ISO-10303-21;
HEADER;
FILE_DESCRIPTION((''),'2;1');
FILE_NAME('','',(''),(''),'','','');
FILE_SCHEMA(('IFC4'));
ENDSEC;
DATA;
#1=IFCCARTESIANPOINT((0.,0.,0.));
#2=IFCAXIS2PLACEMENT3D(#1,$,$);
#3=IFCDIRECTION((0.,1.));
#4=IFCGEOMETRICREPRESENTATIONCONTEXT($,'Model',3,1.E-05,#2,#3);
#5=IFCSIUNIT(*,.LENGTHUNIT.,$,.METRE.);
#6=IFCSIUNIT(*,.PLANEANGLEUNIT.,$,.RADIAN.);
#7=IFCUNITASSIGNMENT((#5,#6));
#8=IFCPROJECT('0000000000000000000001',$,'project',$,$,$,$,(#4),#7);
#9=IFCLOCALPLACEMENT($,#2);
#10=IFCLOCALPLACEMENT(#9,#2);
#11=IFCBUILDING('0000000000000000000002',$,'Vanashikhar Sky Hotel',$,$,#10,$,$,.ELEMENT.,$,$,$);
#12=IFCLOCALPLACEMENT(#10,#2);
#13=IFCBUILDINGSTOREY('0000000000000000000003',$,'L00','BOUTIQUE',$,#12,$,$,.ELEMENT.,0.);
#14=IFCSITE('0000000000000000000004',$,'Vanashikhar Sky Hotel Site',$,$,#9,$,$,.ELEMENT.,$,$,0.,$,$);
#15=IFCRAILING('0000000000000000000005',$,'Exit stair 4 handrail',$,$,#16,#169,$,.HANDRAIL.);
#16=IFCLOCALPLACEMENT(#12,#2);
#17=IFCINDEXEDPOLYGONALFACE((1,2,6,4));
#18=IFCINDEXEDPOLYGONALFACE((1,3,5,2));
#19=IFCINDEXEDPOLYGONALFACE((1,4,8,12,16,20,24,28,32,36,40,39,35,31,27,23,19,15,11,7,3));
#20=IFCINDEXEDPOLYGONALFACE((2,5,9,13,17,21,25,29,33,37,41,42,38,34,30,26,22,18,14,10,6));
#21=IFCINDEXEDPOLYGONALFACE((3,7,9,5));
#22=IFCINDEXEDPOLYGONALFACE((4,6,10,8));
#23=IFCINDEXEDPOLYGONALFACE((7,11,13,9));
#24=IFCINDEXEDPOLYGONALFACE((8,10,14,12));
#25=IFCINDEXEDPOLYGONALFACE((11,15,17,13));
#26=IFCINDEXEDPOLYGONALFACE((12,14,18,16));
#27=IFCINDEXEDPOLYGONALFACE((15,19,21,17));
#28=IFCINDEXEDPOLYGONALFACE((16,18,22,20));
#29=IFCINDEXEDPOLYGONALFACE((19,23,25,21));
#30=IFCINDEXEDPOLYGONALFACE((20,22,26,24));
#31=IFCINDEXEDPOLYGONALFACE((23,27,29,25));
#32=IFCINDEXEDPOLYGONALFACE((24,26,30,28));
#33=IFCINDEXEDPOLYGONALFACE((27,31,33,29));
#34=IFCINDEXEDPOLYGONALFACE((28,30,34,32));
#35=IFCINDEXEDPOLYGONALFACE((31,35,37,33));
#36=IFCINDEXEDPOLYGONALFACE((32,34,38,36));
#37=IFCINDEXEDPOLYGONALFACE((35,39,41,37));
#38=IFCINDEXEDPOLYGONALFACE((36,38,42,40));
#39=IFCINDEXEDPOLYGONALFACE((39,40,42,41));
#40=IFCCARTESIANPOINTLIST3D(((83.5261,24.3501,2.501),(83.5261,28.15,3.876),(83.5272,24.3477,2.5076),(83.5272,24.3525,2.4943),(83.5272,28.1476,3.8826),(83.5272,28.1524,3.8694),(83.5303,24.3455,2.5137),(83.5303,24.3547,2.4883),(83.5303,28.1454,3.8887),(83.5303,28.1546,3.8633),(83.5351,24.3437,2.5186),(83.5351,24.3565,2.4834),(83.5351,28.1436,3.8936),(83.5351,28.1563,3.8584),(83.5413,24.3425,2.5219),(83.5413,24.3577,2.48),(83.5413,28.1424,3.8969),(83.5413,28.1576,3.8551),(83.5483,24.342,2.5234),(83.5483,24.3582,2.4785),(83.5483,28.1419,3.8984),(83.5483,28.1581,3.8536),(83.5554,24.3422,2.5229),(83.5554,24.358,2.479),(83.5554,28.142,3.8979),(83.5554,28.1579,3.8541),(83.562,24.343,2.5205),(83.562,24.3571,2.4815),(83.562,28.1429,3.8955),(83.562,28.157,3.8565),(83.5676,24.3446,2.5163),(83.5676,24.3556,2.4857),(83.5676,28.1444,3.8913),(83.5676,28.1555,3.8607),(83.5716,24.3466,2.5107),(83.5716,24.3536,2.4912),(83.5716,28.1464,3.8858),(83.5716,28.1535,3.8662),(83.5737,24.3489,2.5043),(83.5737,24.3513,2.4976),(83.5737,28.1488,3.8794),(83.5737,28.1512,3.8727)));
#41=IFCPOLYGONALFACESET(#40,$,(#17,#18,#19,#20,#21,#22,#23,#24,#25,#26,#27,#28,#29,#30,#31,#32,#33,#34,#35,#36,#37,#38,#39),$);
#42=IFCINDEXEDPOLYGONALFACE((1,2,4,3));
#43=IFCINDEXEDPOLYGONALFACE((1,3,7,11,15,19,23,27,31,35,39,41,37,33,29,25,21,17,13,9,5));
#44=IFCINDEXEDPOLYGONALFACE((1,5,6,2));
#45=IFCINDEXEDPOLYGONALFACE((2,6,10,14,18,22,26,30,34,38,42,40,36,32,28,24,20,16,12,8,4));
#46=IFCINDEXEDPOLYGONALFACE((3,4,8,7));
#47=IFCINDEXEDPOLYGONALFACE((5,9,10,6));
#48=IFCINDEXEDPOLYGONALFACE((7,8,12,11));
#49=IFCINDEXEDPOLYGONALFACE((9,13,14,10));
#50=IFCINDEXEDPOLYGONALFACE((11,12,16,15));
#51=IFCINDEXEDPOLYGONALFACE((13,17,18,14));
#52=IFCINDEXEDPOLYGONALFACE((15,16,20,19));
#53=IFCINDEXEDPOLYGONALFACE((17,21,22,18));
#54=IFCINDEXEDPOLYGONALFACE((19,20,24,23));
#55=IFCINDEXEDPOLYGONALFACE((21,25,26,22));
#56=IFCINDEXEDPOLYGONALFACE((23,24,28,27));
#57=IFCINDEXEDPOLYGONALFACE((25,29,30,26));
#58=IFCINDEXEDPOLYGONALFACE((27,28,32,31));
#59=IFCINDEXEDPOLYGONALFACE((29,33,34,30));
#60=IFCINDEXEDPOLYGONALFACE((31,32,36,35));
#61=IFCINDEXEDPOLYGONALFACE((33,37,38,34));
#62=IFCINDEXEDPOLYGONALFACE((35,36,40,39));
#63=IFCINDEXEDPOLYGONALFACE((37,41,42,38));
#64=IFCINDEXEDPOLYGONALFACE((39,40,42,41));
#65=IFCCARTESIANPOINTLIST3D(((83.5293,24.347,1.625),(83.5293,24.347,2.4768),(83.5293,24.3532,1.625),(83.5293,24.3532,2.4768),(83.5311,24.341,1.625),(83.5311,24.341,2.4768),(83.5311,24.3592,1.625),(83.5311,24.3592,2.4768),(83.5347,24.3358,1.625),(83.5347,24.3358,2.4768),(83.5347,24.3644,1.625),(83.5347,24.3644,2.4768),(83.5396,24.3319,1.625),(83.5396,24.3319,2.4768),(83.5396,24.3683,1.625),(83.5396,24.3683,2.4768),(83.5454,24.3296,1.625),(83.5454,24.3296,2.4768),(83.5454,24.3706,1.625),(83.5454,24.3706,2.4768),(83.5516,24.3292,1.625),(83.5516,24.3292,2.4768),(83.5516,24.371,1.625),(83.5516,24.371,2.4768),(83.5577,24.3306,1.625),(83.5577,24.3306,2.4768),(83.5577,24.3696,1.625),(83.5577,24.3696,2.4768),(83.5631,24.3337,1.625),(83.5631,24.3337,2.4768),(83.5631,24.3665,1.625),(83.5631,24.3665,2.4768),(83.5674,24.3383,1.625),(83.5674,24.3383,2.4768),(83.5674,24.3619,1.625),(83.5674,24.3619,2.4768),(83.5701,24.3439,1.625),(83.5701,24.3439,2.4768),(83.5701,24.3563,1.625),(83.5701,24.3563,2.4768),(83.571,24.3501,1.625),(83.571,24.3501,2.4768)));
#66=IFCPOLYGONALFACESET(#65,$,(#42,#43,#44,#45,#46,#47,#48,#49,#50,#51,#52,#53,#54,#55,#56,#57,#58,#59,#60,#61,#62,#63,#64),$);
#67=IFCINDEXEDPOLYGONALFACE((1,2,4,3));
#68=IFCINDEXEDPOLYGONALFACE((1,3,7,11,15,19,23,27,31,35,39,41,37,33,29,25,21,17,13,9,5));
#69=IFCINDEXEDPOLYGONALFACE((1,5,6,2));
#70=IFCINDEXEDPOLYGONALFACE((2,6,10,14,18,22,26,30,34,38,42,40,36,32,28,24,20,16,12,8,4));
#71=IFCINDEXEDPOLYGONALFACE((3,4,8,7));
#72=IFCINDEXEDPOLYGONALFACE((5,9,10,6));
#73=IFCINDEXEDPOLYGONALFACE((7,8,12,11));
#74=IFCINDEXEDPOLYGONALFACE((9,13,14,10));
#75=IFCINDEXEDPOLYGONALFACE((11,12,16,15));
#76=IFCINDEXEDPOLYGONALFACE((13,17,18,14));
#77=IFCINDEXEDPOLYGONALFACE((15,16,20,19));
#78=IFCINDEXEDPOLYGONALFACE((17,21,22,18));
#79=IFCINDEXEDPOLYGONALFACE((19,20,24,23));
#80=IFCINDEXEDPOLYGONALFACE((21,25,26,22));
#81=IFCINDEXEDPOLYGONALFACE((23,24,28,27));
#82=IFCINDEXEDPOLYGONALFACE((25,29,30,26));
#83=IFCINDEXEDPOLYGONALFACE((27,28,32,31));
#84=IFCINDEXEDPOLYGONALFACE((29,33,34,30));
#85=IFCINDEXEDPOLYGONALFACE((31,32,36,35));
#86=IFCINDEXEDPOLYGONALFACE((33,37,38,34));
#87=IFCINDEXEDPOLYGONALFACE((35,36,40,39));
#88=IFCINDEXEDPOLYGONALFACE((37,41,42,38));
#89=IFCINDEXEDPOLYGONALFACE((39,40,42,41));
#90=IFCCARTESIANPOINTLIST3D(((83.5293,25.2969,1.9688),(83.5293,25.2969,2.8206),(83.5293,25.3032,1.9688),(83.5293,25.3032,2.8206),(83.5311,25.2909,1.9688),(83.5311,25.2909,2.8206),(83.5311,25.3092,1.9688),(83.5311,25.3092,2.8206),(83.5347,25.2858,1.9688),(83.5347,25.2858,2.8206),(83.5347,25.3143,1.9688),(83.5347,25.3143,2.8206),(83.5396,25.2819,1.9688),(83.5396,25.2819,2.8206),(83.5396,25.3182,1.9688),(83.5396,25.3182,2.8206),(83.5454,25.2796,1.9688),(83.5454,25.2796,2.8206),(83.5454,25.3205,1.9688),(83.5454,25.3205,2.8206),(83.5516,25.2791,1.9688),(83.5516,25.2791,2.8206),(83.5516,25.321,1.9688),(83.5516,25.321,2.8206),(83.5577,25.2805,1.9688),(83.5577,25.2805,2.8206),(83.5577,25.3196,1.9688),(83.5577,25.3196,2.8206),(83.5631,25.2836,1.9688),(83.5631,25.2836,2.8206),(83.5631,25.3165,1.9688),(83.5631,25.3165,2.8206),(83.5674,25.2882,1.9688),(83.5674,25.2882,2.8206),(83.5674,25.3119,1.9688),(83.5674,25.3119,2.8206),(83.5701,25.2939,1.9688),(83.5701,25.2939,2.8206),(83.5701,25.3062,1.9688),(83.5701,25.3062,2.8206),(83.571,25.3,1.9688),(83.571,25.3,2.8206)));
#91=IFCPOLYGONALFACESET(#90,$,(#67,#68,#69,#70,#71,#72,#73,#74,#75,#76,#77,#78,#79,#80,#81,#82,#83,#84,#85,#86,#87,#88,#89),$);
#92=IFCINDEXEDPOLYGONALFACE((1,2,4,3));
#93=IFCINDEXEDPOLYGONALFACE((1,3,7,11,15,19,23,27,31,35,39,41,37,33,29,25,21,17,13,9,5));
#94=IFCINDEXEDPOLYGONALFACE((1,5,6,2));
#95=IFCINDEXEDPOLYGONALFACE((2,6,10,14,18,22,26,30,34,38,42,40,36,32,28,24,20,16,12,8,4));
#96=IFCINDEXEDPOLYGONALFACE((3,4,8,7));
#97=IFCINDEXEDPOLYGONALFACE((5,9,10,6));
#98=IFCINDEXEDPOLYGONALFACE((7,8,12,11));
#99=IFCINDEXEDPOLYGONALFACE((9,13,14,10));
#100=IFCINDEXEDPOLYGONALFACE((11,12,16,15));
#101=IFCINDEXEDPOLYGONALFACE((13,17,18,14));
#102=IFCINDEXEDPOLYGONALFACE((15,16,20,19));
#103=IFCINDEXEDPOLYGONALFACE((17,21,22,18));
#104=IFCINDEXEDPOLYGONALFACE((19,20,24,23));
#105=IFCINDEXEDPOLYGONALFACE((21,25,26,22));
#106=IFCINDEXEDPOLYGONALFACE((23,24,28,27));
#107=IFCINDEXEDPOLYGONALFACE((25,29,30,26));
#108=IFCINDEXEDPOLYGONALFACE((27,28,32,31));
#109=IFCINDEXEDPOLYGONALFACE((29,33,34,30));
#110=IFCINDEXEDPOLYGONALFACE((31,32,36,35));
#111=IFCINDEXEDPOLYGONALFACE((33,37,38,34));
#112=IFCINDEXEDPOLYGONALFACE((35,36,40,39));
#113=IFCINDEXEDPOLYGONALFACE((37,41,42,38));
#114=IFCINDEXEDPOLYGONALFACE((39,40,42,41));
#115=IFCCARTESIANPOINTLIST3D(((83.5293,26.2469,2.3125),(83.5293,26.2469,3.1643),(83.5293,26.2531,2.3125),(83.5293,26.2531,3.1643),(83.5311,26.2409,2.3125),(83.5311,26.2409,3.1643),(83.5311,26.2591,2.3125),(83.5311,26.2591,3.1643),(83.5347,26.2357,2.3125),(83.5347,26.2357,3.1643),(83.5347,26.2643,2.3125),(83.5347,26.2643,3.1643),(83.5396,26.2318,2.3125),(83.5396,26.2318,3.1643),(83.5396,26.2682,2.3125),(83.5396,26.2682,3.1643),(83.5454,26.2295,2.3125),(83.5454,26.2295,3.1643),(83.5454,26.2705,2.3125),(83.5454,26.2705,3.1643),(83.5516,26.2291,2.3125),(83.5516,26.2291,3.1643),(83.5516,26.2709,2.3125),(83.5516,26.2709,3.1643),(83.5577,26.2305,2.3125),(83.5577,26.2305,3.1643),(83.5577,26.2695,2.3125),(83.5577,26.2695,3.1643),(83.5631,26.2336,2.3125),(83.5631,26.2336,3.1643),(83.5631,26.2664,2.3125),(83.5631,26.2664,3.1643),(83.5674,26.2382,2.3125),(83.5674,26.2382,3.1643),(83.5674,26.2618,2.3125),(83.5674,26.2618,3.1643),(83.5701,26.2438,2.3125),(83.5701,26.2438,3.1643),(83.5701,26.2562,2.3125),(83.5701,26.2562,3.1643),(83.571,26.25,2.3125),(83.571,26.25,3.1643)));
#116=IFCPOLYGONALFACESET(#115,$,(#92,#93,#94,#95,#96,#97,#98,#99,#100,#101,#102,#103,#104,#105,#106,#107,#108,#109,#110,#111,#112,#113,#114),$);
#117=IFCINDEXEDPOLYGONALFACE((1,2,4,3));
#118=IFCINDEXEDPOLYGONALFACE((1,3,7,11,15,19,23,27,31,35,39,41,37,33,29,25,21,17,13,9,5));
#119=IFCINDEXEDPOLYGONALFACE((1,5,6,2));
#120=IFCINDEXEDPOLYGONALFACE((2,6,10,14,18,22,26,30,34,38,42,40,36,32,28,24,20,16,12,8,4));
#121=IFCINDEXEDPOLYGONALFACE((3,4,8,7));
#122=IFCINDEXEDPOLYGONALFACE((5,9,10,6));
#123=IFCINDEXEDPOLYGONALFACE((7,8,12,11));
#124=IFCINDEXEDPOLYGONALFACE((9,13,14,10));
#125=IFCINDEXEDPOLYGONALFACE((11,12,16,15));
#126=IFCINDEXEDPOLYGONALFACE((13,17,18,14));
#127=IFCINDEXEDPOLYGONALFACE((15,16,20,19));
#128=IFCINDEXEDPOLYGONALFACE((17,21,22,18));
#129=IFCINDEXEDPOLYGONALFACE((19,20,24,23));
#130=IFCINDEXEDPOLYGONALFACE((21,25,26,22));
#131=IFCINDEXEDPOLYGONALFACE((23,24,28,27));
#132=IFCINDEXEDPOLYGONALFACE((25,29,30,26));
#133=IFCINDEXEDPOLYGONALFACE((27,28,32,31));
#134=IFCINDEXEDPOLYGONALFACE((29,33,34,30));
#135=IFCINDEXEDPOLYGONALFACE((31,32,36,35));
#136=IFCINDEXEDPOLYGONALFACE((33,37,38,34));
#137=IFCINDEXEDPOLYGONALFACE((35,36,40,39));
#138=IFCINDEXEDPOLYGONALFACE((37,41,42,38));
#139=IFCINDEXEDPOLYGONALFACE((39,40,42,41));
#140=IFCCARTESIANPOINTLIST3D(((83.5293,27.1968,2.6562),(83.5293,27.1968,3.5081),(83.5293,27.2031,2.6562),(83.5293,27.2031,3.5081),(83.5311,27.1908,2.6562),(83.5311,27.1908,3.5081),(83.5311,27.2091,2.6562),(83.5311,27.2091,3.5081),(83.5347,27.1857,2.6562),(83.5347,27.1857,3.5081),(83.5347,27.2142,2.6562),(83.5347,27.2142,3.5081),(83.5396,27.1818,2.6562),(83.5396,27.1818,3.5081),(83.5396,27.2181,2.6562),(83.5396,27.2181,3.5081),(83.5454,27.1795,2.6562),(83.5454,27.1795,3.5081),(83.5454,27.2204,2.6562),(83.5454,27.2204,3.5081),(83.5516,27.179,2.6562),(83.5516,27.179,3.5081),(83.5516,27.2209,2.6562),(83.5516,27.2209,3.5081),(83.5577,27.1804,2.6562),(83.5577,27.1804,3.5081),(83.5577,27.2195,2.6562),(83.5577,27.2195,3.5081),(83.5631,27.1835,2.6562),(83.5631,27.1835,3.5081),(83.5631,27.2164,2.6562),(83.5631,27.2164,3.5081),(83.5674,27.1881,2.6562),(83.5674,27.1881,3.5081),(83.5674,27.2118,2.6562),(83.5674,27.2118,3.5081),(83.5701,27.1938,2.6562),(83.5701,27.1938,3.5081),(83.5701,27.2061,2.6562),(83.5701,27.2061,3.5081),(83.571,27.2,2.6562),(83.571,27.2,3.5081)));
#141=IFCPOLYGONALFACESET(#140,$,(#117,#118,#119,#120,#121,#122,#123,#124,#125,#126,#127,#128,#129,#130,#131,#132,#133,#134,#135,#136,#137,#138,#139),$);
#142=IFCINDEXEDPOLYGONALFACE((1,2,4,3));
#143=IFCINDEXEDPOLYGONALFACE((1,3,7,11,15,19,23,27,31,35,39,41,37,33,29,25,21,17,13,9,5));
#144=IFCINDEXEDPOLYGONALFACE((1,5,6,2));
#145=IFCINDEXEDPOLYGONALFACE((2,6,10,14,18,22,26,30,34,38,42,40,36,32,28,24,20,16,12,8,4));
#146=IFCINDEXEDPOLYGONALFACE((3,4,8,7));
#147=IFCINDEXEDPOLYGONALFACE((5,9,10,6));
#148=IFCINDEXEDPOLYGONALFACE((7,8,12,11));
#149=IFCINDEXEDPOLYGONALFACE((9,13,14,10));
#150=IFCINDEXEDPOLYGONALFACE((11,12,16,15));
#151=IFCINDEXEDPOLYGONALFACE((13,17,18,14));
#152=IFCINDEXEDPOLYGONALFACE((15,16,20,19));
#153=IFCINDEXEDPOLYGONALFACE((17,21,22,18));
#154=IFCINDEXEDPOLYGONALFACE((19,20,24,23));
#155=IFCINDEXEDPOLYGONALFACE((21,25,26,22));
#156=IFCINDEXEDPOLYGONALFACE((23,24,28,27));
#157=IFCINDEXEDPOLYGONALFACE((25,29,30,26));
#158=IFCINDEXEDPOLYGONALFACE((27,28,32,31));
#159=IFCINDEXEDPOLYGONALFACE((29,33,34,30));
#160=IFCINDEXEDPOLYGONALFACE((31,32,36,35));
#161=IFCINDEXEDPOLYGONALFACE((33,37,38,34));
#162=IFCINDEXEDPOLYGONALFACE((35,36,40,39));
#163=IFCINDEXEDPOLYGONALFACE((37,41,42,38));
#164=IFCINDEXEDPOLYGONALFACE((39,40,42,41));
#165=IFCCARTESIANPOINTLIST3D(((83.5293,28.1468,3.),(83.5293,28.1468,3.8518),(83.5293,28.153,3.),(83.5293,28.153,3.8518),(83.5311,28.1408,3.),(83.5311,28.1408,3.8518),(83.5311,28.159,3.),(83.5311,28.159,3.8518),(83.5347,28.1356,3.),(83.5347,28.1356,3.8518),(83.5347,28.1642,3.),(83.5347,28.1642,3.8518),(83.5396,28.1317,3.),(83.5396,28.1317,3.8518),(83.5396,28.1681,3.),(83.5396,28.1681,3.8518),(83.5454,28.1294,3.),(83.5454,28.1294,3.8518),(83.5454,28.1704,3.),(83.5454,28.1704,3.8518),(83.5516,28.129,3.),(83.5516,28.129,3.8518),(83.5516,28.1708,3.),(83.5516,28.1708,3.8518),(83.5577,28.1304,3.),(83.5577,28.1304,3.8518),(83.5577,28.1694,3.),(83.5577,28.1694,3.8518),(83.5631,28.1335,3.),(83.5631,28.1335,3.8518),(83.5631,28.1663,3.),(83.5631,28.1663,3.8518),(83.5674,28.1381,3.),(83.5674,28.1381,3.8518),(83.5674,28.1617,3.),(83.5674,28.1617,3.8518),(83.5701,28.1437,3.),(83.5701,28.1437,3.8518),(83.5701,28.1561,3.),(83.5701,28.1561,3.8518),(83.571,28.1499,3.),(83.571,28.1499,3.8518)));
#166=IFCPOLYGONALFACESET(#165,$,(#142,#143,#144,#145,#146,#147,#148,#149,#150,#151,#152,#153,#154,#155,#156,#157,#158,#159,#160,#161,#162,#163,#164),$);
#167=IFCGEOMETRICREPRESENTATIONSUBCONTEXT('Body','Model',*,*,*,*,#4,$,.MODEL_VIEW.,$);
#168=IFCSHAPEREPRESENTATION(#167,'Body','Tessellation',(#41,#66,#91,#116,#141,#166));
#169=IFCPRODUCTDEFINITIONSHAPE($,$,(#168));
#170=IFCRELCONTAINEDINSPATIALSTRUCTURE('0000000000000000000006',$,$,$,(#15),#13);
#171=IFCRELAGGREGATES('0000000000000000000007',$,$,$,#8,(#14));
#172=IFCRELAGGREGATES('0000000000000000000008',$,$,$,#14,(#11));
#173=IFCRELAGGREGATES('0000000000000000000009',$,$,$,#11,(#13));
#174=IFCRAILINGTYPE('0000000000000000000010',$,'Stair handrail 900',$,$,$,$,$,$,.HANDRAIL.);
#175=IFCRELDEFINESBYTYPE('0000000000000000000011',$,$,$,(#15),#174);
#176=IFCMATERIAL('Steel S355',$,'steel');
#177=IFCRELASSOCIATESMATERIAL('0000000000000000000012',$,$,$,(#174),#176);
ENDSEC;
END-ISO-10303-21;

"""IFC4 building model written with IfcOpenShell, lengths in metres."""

from ifc_helpers import new_model, si_unit, direction, frame, origin, origin_2d, place, context, subcontext, project, spatial, circle, extrude, source, transform, mapped, material, type_object, element, save


model = new_model("IFC4")

# Units and contexts
model_context = context("Model", 3, precision=1e-05, world=origin(), true_north=direction((0.0, 1.0)))
body_context = subcontext(model_context, "Body", "Model", "MODEL_VIEW")
ifc_project = project(units=[si_unit("LENGTHUNIT", "METRE"), si_unit("PLANEANGLEUNIT", "RADIAN")], contexts=[model_context])

# Site, building, storey
site_placement = place(None, origin())
site = spatial("IfcSite", under=ifc_project, at=site_placement, Name="Vanashikhar Sky Hotel Site", CompositionType="ELEMENT", RefElevation=0.0)
building_placement = place(site_placement, origin())
building = spatial("IfcBuilding", under=site, at=building_placement, Name="Vanashikhar Sky Hotel", CompositionType="ELEMENT")
storey_placement = place(building_placement, origin())
storey = spatial("IfcBuildingStorey", under=building, at=storey_placement, Name="L00", Description="BOUTIQUE", CompositionType="ELEMENT", Elevation=0.0)

# Railing
ifc_material_1 = material(Name="Steel S355", Category="steel")
railing_type_1 = type_object("IfcRailingType", Name="Stair handrail 900", PredefinedType="HANDRAIL", material=ifc_material_1)
shared_shape_1 = source(origin(), body_context, "Body", "SweptSolid", [
    extrude(circle(Radius=0.0239, at=origin_2d()), frame((0.0, 0.0, 0.876), z_axis=(0.0, 0.940329, 0.340268), x_axis=(-1.0, 0.0, 0.0)), (0.0, 0.0, 1.0), 4.041),
    extrude(circle(Radius=0.021, at=origin_2d()), origin(), (0.0, 0.0, 1.0), 0.8518),
    extrude(circle(Radius=0.021, at=origin_2d()), frame((0.0, 0.95, 0.3438)), (0.0, 0.0, 1.0), 0.8518),
    extrude(circle(Radius=0.021, at=origin_2d()), frame((0.0, 1.8999, 0.6875)), (0.0, 0.0, 1.0), 0.8518),
    extrude(circle(Radius=0.021, at=origin_2d()), frame((0.0, 2.8499, 1.0312)), (0.0, 0.0, 1.0), 0.8518),
    extrude(circle(Radius=0.021, at=origin_2d()), frame((0.0, 3.7998, 1.375)), (0.0, 0.0, 1.0), 0.8518),
])
for number, where, name in (
    (1, (83.55, 24.3501, 1.625), "Exit stair 4 handrail"),
):
    element("IfcRailing", number, at=place(storey_placement, frame(where)), inside=storey, type_object=railing_type_1, Name=name, PredefinedType="HANDRAIL", context=body_context, shape_type="MappedRepresentation", body=[
        mapped(shared_shape_1, transform((0.0, 0.0, 0.0), scale=1.0)),
    ])

save(model, "model.ifc")
